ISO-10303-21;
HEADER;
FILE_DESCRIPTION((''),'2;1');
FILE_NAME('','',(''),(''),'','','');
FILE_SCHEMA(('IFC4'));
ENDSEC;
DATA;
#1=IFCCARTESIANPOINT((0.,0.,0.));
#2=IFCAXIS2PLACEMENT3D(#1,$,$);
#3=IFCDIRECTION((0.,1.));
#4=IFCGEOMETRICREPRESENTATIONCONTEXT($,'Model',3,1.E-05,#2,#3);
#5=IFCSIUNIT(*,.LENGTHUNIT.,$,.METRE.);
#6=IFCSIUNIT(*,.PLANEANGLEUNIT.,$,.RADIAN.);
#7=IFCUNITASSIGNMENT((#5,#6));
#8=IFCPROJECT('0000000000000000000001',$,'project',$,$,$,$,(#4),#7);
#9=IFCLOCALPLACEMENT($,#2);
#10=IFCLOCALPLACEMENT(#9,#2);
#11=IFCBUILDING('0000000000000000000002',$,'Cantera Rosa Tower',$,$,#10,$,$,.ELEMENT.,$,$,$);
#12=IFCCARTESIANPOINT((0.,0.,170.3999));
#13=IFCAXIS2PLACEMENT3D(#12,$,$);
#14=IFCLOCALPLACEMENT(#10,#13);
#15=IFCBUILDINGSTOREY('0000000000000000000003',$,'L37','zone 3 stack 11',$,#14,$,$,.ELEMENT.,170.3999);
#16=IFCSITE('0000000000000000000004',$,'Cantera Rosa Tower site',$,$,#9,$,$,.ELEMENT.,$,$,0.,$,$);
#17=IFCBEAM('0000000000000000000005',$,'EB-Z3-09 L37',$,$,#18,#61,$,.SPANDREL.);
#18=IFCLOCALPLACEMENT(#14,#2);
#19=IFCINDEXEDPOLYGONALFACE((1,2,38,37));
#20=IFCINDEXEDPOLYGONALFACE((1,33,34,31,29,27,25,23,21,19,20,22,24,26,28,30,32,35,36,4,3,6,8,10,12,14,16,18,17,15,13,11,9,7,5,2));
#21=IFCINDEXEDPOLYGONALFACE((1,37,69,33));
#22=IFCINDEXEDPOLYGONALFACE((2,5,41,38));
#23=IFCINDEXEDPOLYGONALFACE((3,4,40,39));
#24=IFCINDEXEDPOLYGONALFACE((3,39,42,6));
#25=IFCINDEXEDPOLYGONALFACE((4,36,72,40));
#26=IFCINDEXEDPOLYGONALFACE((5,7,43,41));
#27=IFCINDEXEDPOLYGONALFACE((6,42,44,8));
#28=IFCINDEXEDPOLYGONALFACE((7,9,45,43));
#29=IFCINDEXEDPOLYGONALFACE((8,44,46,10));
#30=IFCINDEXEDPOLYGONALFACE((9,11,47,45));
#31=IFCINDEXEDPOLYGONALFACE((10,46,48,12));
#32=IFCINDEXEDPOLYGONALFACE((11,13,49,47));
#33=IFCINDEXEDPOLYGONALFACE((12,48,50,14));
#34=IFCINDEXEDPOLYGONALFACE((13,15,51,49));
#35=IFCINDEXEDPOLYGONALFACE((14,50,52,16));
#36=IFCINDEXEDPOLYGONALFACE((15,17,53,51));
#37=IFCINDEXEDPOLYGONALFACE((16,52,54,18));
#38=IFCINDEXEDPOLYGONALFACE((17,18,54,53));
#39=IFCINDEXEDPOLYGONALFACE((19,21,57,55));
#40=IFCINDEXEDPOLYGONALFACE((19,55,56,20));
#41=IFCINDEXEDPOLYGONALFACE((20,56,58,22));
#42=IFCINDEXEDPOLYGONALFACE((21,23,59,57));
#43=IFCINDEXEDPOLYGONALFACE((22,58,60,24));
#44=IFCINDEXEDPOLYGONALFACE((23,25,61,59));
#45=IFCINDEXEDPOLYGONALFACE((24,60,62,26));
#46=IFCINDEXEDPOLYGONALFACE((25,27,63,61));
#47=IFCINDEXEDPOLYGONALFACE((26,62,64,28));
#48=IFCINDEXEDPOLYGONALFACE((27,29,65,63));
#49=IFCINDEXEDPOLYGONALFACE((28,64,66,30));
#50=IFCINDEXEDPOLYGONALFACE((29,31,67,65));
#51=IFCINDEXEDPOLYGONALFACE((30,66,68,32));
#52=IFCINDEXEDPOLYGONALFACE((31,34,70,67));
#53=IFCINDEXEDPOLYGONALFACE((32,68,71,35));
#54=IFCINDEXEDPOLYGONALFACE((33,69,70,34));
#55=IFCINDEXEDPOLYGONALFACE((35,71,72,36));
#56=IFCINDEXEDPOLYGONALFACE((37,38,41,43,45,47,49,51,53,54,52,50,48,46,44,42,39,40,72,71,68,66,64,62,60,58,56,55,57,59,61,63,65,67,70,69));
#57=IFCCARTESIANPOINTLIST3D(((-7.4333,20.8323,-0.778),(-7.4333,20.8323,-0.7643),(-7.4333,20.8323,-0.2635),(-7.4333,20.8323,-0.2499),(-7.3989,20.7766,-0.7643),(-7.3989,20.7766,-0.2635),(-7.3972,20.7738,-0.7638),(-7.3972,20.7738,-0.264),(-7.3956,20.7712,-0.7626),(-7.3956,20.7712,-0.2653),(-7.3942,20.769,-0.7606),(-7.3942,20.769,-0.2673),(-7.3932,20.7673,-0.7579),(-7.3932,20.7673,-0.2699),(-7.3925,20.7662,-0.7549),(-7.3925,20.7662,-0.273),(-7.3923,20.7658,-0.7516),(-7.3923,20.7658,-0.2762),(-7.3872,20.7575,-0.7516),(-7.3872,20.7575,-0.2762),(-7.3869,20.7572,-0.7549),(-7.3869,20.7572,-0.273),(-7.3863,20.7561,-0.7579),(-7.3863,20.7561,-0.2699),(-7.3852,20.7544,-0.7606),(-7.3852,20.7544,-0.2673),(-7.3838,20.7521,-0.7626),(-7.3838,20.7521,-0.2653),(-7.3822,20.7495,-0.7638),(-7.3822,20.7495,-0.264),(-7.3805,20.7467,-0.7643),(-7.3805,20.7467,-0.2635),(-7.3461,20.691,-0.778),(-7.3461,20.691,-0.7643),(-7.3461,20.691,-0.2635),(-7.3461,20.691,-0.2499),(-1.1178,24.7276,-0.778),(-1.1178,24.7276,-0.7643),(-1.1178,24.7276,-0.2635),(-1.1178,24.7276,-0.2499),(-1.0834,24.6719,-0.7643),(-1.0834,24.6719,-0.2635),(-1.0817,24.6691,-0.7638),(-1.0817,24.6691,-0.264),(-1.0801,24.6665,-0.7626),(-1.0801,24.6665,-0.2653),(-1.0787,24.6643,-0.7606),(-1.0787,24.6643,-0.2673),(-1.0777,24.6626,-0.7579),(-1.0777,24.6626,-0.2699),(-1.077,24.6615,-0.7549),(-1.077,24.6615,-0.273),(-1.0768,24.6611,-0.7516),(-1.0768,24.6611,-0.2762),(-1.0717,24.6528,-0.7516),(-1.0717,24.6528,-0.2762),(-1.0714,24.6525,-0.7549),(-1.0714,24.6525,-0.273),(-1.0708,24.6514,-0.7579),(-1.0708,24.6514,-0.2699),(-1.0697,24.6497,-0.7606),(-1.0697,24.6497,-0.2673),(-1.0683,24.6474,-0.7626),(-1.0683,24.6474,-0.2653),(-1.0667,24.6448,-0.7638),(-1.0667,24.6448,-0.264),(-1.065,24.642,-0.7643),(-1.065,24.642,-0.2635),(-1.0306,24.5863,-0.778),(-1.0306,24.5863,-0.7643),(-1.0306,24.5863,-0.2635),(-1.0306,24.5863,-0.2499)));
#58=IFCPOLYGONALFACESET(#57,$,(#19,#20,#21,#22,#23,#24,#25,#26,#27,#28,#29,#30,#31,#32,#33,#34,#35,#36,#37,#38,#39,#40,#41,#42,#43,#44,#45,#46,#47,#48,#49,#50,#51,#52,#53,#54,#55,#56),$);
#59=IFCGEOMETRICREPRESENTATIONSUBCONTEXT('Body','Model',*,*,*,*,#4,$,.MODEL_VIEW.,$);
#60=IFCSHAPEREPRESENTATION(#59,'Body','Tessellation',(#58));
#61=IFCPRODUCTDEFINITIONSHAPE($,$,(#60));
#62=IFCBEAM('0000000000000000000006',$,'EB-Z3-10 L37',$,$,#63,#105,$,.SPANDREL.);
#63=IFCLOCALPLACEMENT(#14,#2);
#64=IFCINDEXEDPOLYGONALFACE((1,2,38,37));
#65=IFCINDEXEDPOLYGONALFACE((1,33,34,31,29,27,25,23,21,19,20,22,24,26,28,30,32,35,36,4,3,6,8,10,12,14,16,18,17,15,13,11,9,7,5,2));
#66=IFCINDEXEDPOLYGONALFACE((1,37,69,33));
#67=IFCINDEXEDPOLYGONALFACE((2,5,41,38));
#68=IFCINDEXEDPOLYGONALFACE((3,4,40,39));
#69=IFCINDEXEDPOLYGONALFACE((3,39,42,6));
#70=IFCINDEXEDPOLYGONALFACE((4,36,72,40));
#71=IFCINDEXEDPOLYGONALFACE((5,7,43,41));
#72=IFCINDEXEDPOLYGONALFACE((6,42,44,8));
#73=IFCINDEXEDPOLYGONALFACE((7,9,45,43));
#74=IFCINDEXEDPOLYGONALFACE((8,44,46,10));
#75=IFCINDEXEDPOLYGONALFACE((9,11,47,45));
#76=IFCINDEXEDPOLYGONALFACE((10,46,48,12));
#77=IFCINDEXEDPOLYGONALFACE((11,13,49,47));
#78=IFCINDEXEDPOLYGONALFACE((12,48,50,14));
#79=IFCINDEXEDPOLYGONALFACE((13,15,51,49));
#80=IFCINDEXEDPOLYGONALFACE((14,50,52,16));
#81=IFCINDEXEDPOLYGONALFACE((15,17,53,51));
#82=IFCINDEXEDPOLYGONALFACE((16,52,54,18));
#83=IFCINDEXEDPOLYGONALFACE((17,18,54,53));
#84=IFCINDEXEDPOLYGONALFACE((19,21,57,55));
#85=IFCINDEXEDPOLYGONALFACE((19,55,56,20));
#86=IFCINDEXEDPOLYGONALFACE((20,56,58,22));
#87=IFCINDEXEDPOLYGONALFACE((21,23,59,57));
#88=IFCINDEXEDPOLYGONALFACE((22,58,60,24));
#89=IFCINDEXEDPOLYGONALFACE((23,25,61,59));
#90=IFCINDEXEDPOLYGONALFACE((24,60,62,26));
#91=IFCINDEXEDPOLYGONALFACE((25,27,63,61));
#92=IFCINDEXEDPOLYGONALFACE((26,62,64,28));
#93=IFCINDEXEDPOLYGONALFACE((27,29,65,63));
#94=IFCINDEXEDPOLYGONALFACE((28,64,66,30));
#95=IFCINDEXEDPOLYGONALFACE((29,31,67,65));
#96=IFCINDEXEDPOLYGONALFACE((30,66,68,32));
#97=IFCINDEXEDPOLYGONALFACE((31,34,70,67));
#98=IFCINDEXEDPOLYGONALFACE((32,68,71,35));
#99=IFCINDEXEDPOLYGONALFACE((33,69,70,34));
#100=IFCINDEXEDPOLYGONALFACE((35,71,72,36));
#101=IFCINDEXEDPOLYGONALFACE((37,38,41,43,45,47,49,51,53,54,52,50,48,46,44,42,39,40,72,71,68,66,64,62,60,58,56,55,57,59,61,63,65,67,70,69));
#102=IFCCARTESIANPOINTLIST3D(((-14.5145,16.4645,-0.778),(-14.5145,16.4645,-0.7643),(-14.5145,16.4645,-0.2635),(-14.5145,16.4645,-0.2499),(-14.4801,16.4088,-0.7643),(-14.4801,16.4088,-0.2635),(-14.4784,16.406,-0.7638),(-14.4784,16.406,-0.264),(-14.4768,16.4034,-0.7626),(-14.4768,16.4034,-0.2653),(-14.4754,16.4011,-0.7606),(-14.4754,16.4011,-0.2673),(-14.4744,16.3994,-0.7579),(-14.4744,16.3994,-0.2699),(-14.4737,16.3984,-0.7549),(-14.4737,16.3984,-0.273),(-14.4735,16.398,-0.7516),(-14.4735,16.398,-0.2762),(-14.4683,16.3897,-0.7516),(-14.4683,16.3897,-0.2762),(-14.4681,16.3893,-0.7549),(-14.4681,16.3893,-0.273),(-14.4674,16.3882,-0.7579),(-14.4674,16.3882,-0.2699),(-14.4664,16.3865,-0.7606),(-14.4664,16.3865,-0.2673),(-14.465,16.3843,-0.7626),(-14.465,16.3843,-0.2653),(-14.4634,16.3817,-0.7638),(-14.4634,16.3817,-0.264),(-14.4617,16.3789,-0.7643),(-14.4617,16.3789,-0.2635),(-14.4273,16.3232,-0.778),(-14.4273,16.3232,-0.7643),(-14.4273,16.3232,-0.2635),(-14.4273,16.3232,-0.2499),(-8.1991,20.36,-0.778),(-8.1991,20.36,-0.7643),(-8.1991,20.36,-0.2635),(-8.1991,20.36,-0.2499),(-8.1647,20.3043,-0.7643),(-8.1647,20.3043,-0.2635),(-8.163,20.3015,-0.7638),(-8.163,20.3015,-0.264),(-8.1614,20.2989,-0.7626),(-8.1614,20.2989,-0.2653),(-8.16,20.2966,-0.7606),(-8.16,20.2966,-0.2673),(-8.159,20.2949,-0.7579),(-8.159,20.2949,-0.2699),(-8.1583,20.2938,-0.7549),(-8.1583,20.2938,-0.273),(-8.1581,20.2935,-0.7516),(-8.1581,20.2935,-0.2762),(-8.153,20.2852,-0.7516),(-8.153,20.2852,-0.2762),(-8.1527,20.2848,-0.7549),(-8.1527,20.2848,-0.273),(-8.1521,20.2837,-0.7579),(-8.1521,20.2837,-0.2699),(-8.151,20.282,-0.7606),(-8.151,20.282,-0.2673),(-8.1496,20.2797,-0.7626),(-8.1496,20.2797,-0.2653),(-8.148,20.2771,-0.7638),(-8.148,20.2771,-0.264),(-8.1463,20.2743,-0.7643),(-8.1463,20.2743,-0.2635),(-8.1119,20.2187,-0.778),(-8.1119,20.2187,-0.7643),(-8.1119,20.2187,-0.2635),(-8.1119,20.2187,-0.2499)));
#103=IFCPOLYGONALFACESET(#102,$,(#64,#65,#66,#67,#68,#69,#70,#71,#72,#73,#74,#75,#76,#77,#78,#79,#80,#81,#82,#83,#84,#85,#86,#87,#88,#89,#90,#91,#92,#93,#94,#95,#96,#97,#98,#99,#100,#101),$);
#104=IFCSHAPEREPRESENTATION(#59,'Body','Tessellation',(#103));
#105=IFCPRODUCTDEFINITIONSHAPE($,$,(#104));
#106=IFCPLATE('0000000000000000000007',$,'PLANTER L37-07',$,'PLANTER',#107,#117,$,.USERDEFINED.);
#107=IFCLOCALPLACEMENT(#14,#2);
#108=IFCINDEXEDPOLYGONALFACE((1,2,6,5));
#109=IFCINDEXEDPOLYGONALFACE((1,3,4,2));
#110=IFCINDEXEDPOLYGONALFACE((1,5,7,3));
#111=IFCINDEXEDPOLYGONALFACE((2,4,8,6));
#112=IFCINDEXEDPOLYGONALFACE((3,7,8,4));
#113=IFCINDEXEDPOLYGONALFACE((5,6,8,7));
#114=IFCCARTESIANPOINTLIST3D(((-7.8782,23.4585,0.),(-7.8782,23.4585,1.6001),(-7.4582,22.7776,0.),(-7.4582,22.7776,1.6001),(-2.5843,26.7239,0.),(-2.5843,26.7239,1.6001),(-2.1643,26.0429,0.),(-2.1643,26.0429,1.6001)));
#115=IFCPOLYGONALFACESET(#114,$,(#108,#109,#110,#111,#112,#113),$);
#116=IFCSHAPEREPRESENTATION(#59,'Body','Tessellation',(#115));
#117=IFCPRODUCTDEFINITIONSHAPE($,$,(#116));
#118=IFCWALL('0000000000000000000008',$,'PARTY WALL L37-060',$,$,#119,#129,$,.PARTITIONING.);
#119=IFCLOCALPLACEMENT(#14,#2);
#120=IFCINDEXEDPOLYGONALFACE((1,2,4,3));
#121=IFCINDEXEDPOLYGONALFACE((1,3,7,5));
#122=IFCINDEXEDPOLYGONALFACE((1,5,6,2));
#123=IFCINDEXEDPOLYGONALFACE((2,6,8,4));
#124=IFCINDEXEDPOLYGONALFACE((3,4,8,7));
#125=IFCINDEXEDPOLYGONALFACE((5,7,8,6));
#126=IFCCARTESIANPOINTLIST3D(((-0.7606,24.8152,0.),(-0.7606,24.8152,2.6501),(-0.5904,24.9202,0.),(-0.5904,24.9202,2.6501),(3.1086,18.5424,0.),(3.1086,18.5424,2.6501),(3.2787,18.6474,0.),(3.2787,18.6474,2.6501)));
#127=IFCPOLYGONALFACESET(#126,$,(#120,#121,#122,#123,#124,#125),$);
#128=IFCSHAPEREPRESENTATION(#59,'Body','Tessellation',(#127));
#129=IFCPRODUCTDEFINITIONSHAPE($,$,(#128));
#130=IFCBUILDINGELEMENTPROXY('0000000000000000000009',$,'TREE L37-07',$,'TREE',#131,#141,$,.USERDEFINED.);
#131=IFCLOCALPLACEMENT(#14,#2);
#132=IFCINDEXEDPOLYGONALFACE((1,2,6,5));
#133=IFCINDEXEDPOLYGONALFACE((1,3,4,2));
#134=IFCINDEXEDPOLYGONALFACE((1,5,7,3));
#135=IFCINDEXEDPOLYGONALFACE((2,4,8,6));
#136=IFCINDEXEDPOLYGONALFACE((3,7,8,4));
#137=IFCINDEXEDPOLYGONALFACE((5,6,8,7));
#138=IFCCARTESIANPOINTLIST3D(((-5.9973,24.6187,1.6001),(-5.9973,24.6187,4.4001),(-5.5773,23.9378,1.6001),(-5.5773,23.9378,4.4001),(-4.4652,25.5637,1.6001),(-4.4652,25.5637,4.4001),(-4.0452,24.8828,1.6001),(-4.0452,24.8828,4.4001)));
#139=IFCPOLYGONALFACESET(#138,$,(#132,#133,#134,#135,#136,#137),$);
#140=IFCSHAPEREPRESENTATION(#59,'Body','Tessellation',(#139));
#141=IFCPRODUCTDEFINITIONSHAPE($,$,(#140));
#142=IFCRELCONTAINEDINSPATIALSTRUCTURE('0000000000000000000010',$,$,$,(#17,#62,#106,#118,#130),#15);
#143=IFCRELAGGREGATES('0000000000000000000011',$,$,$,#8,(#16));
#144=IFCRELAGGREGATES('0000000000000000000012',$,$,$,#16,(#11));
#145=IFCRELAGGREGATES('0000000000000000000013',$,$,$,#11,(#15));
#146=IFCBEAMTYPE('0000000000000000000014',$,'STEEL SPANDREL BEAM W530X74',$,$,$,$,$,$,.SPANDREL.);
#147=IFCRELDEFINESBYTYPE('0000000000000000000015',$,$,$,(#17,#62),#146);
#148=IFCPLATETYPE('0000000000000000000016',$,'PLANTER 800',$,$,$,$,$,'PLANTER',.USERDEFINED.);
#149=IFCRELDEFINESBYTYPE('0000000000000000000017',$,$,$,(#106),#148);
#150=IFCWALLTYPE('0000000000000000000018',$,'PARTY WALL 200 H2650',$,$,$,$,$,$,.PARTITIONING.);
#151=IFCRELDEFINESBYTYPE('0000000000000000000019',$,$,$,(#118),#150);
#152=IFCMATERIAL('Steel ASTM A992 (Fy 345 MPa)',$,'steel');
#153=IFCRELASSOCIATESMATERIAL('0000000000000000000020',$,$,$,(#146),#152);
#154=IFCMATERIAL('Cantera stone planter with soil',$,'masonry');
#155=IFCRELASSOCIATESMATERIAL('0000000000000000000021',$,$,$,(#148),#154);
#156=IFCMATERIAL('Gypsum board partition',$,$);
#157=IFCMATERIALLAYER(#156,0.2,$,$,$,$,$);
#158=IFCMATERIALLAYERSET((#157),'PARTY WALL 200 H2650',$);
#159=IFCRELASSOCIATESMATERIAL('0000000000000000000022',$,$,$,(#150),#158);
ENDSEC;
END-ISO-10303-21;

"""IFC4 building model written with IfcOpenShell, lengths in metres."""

from ifc_helpers import new_model, si_unit, direction, frame, frame_2d, origin, origin_2d, place, context, subcontext, project, spatial, rectangle, i_section, extrude, material, layer, layer_set, material_profile, profile_set, type_object, element, save


model = new_model("IFC4")

# Units and contexts
model_context = context("Model", 3, precision=1e-05, world=origin(), true_north=direction((0.0, 1.0)))
body_context = subcontext(model_context, "Body", "Model", "MODEL_VIEW")
ifc_project = project(units=[si_unit("LENGTHUNIT", "METRE"), si_unit("PLANEANGLEUNIT", "RADIAN")], contexts=[model_context])

# Site, building, storey
site_placement = place(None, origin())
site = spatial("IfcSite", under=ifc_project, at=site_placement, Name="Cantera Rosa Tower site", CompositionType="ELEMENT", RefElevation=0.0)
building_placement = place(site_placement, origin())
building = spatial("IfcBuilding", under=site, at=building_placement, Name="Cantera Rosa Tower", CompositionType="ELEMENT")
storey_placement = place(building_placement, frame((0.0, 0.0, 170.3999)))
storey = spatial("IfcBuildingStorey", under=building, at=storey_placement, Name="L37", Description="zone 3 stack 11", CompositionType="ELEMENT", Elevation=170.3999)

# Beams
ifc_material_1 = material(Name="Steel ASTM A992 (Fy 345 MPa)", Category="steel")
ifc_material_profile_1 = material_profile(ifc_material_1, i_section(OverallWidth=0.166, OverallDepth=0.5281, WebThickness=0.0098, FlangeThickness=0.0137, FilletRadius=0.0127, at=origin_2d()), Name="W530X74")
ifc_profile_set_1 = profile_set([ifc_material_profile_1], Name="Steel ASTM A992 (Fy 345 MPa)")
beam_type_1 = type_object("IfcBeamType", Name="STEEL SPANDREL BEAM W530X74", PredefinedType="SPANDREL", material=ifc_profile_set_1)
for number, where, z_axis, x_axis, name in (
    (1, (-1.0742, 24.657, -0.5139), (-0.851126, -0.524962, 0.0), (0.524962, -0.851126, 0.0), "EB-Z3-09 L37"),
    (2, (-8.1555, 20.2893, -0.5139), (-0.851111, -0.524986, 0.0), (0.524986, -0.851111, 0.0), "EB-Z3-10 L37"),
):
    element("IfcBeam", number, at=place(storey_placement, frame(where, z_axis=z_axis, x_axis=x_axis)), inside=storey, type_object=beam_type_1, Name=name, PredefinedType="SPANDREL", context=body_context, shape_type="SweptSolid", body=[
        extrude(i_section(OverallWidth=0.166, OverallDepth=0.5281, WebThickness=0.0098, FlangeThickness=0.0137, FilletRadius=0.0127, at=origin_2d()), origin(), (0.0, 0.0, 1.0), 7.4202),
    ])

# Plate
ifc_material_2 = material(Name="Cantera stone planter with soil", Category="masonry")
plate_type = type_object("IfcPlateType", Name="PLANTER 800", ElementType="PLANTER", PredefinedType="USERDEFINED", material=ifc_material_2)
plate_placement = place(storey_placement, frame((-5.0212, 24.7507, 0.0), z_axis=(0.0, 0.0, 1.0), x_axis=(-0.851117, -0.524977, 0.0)))
element("IfcPlate", 3, at=plate_placement, inside=storey, type_object=plate_type, Name="PLANTER L37-07", ObjectType="PLANTER", PredefinedType="USERDEFINED", context=body_context, shape_type="SweptSolid", body=[
    extrude(rectangle(XDim=6.22, YDim=0.8, at=origin_2d()), origin(), (0.0, 0.0, 1.0), 1.6001),
])

# Wall
ifc_material_3 = material(Name="Gypsum board partition")
ifc_layer_1 = layer(ifc_material_3, 0.2)
ifc_layer_set_1 = layer_set([ifc_layer_1], Name="PARTY WALL 200 H2650")
wall_type_1 = type_object("IfcWallType", Name="PARTY WALL 200 H2650", PredefinedType="PARTITIONING", material=ifc_layer_set_1)
wall_1_placement = place(storey_placement, frame((-0.6755, 24.8677, 0.0), z_axis=(0.0, 0.0, 1.0), x_axis=(0.524984, -0.851112, 0.0)))
element("IfcWall", 4, at=wall_1_placement, inside=storey, type_object=wall_type_1, Name="PARTY WALL L37-060", PredefinedType="PARTITIONING", context=body_context, shape_type="SweptSolid", body=[
    extrude(rectangle(XDim=7.3701, YDim=0.2, at=frame_2d((3.6851, 0.0))), origin(), (0.0, 0.0, 1.0), 2.6501),
])

# Building element proxy
proxy_placement = place(storey_placement, frame((-5.0212, 24.7507, 1.6001), z_axis=(0.0, 0.0, 1.0), x_axis=(-0.851117, -0.524977, 0.0)))
element("IfcBuildingElementProxy", 5, at=proxy_placement, inside=storey, Name="TREE L37-07", ObjectType="TREE", PredefinedType="USERDEFINED", context=body_context, shape_type="SweptSolid", body=[
    extrude(rectangle(XDim=1.8, YDim=0.8, at=origin_2d()), origin(), (0.0, 0.0, 1.0), 2.8),
])

save(model, "model.ifc")
